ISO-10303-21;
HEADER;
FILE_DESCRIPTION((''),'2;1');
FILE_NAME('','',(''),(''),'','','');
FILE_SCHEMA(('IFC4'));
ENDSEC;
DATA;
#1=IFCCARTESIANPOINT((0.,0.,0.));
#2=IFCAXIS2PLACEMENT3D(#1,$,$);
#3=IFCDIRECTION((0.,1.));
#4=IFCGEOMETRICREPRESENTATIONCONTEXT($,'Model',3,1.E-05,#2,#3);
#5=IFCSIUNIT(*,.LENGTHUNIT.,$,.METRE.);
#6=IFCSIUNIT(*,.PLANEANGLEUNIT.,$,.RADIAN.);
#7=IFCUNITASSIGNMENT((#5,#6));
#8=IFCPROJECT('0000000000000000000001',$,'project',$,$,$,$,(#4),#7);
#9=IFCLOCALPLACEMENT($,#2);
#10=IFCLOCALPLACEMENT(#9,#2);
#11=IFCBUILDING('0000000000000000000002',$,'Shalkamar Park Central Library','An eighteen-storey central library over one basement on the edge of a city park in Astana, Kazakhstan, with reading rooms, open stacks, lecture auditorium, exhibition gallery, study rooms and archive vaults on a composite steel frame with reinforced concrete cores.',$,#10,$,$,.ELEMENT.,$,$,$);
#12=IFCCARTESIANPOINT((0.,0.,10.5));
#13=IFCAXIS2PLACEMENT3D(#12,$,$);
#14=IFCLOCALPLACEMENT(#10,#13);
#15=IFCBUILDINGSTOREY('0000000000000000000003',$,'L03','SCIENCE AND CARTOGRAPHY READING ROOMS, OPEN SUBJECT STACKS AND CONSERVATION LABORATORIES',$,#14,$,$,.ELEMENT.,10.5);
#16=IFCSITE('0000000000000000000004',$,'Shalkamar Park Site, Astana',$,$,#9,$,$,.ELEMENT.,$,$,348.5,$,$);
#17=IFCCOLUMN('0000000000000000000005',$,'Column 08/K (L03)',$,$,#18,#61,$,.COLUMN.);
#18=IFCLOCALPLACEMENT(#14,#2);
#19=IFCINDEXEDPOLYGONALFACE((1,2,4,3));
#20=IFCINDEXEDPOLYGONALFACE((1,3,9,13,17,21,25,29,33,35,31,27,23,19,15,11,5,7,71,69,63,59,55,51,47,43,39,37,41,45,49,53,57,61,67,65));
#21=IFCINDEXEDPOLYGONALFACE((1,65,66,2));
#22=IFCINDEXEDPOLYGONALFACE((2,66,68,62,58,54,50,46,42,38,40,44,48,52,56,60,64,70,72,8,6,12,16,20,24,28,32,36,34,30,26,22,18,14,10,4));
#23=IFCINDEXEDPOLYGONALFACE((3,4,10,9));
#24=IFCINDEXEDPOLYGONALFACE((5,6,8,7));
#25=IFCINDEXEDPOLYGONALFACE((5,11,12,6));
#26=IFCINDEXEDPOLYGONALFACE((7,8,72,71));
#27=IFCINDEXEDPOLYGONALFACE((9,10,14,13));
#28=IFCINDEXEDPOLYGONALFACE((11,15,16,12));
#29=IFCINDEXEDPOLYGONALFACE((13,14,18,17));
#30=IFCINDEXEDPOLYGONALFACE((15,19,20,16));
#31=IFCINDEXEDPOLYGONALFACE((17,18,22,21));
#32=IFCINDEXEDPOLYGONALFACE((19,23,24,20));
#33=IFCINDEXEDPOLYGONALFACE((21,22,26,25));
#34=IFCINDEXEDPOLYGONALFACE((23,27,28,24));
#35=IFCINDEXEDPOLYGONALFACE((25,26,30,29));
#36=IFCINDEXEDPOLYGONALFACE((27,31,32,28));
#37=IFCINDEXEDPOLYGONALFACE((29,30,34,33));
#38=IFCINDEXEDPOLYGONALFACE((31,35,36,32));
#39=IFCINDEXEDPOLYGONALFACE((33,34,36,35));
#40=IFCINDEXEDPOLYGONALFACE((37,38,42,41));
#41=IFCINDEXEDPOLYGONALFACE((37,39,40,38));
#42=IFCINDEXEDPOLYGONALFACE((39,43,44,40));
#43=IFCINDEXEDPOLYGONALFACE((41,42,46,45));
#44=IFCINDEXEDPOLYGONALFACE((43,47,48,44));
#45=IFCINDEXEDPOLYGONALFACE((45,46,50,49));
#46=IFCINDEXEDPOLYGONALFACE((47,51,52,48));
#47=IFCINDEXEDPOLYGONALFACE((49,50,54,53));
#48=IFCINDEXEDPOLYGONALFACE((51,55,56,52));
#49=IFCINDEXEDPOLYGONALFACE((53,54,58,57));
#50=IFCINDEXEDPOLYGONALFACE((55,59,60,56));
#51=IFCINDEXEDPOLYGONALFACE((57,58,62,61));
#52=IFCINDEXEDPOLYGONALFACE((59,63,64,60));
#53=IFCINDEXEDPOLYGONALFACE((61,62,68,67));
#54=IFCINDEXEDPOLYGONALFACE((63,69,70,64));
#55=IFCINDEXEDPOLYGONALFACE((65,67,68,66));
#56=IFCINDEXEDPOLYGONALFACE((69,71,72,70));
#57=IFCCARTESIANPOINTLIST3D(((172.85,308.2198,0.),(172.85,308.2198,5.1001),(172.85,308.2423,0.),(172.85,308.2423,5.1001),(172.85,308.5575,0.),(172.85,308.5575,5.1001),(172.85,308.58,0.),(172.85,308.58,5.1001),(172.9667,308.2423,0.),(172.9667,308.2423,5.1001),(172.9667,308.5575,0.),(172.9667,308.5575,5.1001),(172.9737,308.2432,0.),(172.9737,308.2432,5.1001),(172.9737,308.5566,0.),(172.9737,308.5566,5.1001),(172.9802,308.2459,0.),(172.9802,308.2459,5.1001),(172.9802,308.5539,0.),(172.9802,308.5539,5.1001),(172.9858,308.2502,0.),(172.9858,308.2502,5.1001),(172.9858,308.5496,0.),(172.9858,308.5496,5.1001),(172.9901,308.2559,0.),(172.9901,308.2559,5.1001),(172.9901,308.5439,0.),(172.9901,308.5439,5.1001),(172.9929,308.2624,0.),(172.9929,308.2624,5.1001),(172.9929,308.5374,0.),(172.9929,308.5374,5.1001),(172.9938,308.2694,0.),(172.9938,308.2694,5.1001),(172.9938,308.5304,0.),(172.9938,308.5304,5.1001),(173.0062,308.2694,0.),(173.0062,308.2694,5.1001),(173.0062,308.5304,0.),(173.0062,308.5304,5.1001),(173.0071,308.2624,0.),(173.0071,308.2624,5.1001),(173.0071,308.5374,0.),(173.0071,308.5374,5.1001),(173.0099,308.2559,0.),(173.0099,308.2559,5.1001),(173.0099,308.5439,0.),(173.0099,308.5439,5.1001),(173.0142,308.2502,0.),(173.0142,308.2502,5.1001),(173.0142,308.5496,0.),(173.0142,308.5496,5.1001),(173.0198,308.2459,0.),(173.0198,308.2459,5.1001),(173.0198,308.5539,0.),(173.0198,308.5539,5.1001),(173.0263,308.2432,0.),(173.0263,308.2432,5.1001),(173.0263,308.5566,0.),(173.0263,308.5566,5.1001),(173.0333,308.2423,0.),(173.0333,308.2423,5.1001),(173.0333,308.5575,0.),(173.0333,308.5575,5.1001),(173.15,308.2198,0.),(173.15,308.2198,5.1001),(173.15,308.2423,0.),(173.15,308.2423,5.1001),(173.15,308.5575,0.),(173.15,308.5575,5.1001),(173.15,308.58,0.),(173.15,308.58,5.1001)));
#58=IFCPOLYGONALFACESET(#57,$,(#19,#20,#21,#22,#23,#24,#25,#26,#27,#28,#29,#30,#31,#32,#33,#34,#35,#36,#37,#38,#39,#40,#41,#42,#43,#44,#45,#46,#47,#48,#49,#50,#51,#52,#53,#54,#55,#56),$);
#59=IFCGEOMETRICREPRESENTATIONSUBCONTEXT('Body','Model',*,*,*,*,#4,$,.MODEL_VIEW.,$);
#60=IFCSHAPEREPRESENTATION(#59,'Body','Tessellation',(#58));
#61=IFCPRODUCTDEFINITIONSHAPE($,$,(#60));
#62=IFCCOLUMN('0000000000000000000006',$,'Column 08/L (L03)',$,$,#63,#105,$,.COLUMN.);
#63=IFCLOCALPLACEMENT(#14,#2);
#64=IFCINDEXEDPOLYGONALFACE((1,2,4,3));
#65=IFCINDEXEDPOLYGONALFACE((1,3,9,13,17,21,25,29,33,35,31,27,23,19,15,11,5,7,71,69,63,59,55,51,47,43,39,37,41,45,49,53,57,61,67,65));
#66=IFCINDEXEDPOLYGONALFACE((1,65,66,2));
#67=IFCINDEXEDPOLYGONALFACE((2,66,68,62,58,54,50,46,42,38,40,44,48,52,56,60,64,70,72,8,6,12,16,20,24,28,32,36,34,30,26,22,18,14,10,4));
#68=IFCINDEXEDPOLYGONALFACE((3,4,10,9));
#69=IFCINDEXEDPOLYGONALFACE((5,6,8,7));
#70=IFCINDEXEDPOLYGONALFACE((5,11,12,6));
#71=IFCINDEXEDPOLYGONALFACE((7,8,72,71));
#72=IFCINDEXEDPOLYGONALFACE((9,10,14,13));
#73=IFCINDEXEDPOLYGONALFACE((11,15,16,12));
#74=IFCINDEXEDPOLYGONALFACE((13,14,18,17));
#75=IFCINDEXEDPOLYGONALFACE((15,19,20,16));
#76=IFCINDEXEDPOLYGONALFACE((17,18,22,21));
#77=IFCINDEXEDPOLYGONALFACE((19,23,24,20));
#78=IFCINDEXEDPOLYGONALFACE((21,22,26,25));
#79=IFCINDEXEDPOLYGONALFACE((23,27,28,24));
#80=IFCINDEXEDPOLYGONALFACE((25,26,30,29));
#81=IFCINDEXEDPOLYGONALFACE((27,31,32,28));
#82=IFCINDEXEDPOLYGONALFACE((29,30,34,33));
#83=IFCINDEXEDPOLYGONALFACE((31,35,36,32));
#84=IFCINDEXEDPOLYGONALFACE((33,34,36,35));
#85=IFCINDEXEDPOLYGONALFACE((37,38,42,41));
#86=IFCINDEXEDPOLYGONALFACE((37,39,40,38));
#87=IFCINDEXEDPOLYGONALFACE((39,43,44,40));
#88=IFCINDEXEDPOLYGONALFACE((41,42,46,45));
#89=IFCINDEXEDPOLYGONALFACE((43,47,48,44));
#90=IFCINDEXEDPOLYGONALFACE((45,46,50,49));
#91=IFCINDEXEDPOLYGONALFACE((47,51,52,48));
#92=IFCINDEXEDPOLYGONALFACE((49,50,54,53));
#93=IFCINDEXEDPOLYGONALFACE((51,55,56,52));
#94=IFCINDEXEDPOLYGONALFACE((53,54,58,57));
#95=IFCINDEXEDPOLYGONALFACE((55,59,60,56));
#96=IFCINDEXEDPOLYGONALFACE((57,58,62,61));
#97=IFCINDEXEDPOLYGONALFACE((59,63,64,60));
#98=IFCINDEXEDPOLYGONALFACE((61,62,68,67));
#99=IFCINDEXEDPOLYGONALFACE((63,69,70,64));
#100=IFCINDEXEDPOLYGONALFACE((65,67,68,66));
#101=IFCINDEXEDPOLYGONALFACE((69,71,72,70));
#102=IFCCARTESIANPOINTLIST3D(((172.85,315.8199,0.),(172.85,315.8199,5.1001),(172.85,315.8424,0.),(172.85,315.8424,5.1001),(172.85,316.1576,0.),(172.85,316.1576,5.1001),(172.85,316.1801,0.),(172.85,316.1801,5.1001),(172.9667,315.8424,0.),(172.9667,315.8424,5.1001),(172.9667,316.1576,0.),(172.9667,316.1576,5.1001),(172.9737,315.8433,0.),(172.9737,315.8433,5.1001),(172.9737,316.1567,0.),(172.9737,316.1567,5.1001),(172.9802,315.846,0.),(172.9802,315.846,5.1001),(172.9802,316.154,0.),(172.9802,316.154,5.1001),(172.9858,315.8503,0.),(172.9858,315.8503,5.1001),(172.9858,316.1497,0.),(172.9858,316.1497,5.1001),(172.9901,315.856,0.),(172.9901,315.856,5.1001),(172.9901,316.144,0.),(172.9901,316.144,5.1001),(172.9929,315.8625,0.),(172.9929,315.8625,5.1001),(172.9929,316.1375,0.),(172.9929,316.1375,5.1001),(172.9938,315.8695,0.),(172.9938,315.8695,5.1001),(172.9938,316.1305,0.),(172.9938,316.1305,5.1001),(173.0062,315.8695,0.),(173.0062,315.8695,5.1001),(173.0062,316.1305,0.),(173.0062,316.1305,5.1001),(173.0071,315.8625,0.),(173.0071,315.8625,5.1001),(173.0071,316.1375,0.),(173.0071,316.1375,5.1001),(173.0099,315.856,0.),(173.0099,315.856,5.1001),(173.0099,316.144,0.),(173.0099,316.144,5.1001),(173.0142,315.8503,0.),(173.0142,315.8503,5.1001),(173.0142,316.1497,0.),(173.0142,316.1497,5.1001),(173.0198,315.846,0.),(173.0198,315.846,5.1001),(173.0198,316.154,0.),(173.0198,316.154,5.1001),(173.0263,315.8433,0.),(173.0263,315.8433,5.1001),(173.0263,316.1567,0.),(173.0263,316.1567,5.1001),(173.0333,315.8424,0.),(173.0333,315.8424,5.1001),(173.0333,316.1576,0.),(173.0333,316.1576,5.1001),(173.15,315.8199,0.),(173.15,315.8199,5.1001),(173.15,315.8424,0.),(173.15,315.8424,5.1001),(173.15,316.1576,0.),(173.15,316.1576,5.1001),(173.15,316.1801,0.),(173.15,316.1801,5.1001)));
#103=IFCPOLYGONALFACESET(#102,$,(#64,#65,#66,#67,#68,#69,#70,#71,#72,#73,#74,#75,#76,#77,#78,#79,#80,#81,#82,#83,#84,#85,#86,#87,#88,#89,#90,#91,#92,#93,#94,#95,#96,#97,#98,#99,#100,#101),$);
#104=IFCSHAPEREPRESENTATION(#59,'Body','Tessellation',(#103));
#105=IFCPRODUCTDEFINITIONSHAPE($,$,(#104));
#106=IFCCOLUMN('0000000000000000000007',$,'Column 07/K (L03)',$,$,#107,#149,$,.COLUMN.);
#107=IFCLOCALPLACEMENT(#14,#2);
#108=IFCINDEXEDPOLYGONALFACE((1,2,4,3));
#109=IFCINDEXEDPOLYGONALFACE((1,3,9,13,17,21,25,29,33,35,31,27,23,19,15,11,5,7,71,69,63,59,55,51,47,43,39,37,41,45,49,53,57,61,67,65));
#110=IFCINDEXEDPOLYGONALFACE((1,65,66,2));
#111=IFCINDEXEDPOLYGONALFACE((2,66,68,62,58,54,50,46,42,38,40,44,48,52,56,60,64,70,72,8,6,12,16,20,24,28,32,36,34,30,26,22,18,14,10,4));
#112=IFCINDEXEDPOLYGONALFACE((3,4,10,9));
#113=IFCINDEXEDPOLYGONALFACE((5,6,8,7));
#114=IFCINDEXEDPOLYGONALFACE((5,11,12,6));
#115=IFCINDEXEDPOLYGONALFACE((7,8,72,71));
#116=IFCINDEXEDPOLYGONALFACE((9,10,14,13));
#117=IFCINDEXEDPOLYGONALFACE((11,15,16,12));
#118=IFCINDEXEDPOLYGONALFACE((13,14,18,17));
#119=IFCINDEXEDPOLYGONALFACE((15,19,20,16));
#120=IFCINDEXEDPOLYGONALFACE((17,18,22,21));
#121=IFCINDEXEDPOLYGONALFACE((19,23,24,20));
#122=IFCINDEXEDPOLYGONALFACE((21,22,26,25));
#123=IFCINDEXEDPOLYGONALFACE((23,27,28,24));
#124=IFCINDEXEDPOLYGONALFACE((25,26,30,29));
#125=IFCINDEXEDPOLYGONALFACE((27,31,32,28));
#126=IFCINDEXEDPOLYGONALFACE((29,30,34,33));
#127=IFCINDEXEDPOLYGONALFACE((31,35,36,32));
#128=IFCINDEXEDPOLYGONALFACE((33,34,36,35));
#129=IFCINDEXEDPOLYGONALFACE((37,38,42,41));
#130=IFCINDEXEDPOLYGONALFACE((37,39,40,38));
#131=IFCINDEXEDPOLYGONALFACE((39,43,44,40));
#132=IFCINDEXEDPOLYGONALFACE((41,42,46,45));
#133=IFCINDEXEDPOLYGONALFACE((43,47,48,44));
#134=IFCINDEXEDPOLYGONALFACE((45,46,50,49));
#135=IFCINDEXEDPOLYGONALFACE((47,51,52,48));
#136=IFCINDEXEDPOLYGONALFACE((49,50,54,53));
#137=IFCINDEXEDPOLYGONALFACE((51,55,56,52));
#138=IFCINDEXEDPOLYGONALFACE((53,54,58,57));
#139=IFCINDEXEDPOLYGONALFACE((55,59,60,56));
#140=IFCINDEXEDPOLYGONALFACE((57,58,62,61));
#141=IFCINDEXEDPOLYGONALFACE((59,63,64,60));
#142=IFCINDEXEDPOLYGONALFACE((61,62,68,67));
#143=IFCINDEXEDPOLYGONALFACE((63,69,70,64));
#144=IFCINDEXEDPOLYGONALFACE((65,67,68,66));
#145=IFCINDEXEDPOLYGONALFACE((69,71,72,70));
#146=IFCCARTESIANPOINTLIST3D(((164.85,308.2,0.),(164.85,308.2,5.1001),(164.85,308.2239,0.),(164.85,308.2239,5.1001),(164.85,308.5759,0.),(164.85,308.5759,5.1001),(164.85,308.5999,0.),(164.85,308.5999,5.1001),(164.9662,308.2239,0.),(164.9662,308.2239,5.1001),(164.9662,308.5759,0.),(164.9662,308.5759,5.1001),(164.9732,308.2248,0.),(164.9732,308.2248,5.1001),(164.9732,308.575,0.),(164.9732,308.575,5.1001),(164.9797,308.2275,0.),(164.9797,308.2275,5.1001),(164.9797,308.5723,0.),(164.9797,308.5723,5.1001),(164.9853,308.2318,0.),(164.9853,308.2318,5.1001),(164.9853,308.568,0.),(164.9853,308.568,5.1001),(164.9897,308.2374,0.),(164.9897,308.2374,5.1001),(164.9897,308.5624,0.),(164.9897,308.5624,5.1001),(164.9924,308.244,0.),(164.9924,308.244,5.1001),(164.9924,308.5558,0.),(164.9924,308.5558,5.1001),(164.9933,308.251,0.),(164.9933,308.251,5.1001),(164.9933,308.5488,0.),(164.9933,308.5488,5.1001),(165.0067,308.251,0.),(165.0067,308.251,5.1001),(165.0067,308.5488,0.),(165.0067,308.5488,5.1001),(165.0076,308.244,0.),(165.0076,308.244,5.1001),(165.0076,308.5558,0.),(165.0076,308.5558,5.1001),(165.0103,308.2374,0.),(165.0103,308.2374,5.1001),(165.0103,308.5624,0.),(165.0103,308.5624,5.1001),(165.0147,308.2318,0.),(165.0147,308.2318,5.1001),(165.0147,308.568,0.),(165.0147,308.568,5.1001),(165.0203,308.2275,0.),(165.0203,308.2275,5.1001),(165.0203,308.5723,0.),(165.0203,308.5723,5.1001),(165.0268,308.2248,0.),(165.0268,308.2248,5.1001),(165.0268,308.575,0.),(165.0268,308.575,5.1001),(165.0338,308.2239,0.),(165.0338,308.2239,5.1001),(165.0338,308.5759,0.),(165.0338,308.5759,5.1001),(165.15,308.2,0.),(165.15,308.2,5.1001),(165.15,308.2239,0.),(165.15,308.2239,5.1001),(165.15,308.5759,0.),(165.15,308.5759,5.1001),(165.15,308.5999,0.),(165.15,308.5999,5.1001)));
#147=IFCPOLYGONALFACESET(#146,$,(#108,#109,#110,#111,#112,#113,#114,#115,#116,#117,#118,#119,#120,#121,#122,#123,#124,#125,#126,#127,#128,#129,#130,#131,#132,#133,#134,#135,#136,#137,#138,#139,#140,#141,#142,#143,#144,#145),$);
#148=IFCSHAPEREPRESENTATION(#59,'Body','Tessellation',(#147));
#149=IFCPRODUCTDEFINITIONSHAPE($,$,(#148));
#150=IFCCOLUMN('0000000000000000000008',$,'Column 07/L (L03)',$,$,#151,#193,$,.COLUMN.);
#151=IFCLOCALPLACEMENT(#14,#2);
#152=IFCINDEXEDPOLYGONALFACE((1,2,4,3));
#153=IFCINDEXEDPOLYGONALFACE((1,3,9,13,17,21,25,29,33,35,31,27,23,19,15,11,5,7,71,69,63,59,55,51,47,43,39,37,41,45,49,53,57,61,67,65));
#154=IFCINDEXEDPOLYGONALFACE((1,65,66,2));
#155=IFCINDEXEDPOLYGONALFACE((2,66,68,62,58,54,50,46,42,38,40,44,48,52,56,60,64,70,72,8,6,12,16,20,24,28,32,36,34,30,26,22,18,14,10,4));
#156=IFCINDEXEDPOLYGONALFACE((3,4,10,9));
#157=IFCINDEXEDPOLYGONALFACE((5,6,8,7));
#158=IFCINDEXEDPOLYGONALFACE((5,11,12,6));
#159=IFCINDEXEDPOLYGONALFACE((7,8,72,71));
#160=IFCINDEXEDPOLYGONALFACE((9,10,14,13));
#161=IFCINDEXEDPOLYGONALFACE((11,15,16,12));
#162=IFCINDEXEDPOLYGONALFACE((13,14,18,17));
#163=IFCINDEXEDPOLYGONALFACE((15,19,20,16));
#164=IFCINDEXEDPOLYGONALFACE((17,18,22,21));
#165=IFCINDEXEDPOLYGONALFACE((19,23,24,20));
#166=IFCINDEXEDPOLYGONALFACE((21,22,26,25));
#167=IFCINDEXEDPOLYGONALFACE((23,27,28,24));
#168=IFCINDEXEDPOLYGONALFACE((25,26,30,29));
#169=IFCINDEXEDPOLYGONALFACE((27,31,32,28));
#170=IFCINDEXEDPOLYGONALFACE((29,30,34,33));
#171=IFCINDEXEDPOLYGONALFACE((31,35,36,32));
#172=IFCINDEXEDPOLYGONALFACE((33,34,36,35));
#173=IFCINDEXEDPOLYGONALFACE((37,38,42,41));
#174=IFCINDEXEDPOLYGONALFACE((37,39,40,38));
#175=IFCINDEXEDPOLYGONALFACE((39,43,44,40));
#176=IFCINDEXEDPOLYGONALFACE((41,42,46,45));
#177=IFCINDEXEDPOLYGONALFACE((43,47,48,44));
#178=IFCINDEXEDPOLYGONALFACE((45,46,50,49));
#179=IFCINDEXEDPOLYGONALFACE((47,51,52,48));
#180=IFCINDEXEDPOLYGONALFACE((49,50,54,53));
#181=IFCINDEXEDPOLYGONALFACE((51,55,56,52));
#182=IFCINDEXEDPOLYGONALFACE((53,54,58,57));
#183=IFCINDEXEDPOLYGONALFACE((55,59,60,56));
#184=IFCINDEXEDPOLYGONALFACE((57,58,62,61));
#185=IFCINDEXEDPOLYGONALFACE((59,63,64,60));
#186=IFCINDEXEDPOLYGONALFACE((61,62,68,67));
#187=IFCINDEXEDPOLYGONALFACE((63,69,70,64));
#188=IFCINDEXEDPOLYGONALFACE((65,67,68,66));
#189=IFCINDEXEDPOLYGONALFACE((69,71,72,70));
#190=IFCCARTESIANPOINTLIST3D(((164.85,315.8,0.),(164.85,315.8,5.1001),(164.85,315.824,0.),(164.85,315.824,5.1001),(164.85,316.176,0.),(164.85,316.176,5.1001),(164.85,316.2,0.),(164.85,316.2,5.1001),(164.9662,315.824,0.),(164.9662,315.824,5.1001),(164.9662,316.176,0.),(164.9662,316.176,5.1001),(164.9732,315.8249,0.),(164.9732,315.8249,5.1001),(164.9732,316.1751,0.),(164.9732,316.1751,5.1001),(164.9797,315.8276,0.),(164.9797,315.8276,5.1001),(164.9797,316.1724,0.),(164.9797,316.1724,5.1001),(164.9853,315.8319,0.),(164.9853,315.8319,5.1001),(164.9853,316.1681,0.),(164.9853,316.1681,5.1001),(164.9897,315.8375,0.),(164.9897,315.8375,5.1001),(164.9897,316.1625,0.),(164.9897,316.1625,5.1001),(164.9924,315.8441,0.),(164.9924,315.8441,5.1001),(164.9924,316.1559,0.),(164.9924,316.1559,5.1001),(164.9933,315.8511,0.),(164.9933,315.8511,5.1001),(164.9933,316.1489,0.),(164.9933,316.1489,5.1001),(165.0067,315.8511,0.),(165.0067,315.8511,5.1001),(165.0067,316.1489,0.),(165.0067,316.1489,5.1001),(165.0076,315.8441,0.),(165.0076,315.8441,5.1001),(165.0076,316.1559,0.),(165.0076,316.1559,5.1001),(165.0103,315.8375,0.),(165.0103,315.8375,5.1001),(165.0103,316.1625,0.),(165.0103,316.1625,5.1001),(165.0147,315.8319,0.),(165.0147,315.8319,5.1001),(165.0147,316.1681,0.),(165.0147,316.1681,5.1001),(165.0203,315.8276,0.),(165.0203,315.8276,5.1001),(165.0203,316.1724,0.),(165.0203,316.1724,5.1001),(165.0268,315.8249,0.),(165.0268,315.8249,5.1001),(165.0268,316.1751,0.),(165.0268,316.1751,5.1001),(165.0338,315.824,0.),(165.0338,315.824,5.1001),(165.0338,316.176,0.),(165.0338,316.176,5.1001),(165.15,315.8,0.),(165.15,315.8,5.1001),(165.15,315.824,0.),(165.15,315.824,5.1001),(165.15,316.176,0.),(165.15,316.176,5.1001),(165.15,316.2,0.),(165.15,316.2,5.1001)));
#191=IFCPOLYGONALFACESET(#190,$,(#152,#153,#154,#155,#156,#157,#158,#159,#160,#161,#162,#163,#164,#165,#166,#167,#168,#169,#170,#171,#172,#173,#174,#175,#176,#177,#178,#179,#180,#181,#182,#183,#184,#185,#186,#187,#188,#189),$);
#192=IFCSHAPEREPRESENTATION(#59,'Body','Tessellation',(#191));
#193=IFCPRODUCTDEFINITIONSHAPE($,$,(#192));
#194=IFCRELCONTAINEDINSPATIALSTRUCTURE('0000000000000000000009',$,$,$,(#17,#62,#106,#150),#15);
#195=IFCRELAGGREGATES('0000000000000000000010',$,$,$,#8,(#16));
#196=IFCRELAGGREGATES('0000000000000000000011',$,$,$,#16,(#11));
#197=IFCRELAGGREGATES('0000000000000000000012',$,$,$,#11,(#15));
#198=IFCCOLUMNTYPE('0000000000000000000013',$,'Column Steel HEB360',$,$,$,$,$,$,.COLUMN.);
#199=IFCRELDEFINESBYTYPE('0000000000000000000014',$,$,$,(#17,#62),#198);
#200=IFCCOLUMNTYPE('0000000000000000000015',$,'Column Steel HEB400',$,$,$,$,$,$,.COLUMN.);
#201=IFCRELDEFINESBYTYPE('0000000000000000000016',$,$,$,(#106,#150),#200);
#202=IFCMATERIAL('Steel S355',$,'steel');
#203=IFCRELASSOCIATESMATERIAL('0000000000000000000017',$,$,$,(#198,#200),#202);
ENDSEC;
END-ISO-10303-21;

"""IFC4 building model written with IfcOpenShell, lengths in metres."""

from ifc_helpers import new_model, si_unit, direction, frame, origin, origin_2d, place, context, subcontext, project, spatial, i_section, extrude, material, material_profile, profile_set, type_object, element, save


model = new_model("IFC4")

# Units and contexts
model_context = context("Model", 3, precision=1e-05, world=origin(), true_north=direction((0.0, 1.0)))
body_context = subcontext(model_context, "Body", "Model", "MODEL_VIEW")
ifc_project = project(units=[si_unit("LENGTHUNIT", "METRE"), si_unit("PLANEANGLEUNIT", "RADIAN")], contexts=[model_context])

# Site, building, storey
site_placement = place(None, origin())
site = spatial("IfcSite", under=ifc_project, at=site_placement, Name="Shalkamar Park Site, Astana", CompositionType="ELEMENT", RefElevation=348.5)
building_placement = place(site_placement, origin())
building = spatial("IfcBuilding", under=site, at=building_placement, Name="Shalkamar Park Central Library", Description="An eighteen-storey central library over one basement on the edge of a city park in Astana, Kazakhstan, with reading rooms, open stacks, lecture auditorium, exhibition gallery, study rooms and archive vaults on a composite steel frame with reinforced concrete cores.", CompositionType="ELEMENT")
storey_placement = place(building_placement, frame((0.0, 0.0, 10.5)))
storey = spatial("IfcBuildingStorey", under=building, at=storey_placement, Name="L03", Description="SCIENCE AND CARTOGRAPHY READING ROOMS, OPEN SUBJECT STACKS AND CONSERVATION LABORATORIES", CompositionType="ELEMENT", Elevation=10.5)

# Columns
ifc_material_1 = material(Name="Steel S355", Category="steel")
ifc_material_profile_1 = material_profile(ifc_material_1, i_section(OverallWidth=0.3, OverallDepth=0.3601, WebThickness=0.0125, FlangeThickness=0.0225, FilletRadius=0.0271, at=origin_2d()), Name="HEB 360")
ifc_profile_set_1 = profile_set([ifc_material_profile_1], Name="Steel S355")
column_type_1 = type_object("IfcColumnType", Name="Column Steel HEB360", PredefinedType="COLUMN", material=ifc_profile_set_1)
for number, where, z_axis, x_axis, name in (
    (1, (173.0, 308.3999, 0.0), (0.0, 0.0, 1.0), (1.0, 0.0, 0.0), "Column 08/K (L03)"),
    (2, (173.0, 316.0, 0.0), (0.0, 0.0, 1.0), (1.0, 0.0, 0.0), "Column 08/L (L03)"),
):
    element("IfcColumn", number, at=place(storey_placement, frame(where, z_axis=z_axis, x_axis=x_axis)), inside=storey, type_object=column_type_1, Name=name, PredefinedType="COLUMN", context=body_context, shape_type="SweptSolid", body=[
        extrude(i_section(OverallWidth=0.3, OverallDepth=0.3601, WebThickness=0.0125, FlangeThickness=0.0225, FilletRadius=0.0271, at=origin_2d()), origin(), (0.0, 0.0, 1.0), 5.1001),
    ])
ifc_material_profile_2 = material_profile(ifc_material_1, i_section(OverallWidth=0.3, OverallDepth=0.3999, WebThickness=0.0134, FlangeThickness=0.0239, FilletRadius=0.0271, at=origin_2d()), Name="HEB 400")
ifc_profile_set_2 = profile_set([ifc_material_profile_2], Name="Steel S355")
column_type_2 = type_object("IfcColumnType", Name="Column Steel HEB400", PredefinedType="COLUMN", material=ifc_profile_set_2)
for number, where, z_axis, x_axis, name in (
    (3, (165.0, 308.3999, 0.0), (0.0, 0.0, 1.0), (1.0, 0.0, 0.0), "Column 07/K (L03)"),
    (4, (165.0, 316.0, 0.0), (0.0, 0.0, 1.0), (1.0, 0.0, 0.0), "Column 07/L (L03)"),
):
    element("IfcColumn", number, at=place(storey_placement, frame(where, z_axis=z_axis, x_axis=x_axis)), inside=storey, type_object=column_type_2, Name=name, PredefinedType="COLUMN", context=body_context, shape_type="SweptSolid", body=[
        extrude(i_section(OverallWidth=0.3, OverallDepth=0.3999, WebThickness=0.0134, FlangeThickness=0.0239, FilletRadius=0.0271, at=origin_2d()), origin(), (0.0, 0.0, 1.0), 5.1001),
    ])

save(model, "model.ifc")
